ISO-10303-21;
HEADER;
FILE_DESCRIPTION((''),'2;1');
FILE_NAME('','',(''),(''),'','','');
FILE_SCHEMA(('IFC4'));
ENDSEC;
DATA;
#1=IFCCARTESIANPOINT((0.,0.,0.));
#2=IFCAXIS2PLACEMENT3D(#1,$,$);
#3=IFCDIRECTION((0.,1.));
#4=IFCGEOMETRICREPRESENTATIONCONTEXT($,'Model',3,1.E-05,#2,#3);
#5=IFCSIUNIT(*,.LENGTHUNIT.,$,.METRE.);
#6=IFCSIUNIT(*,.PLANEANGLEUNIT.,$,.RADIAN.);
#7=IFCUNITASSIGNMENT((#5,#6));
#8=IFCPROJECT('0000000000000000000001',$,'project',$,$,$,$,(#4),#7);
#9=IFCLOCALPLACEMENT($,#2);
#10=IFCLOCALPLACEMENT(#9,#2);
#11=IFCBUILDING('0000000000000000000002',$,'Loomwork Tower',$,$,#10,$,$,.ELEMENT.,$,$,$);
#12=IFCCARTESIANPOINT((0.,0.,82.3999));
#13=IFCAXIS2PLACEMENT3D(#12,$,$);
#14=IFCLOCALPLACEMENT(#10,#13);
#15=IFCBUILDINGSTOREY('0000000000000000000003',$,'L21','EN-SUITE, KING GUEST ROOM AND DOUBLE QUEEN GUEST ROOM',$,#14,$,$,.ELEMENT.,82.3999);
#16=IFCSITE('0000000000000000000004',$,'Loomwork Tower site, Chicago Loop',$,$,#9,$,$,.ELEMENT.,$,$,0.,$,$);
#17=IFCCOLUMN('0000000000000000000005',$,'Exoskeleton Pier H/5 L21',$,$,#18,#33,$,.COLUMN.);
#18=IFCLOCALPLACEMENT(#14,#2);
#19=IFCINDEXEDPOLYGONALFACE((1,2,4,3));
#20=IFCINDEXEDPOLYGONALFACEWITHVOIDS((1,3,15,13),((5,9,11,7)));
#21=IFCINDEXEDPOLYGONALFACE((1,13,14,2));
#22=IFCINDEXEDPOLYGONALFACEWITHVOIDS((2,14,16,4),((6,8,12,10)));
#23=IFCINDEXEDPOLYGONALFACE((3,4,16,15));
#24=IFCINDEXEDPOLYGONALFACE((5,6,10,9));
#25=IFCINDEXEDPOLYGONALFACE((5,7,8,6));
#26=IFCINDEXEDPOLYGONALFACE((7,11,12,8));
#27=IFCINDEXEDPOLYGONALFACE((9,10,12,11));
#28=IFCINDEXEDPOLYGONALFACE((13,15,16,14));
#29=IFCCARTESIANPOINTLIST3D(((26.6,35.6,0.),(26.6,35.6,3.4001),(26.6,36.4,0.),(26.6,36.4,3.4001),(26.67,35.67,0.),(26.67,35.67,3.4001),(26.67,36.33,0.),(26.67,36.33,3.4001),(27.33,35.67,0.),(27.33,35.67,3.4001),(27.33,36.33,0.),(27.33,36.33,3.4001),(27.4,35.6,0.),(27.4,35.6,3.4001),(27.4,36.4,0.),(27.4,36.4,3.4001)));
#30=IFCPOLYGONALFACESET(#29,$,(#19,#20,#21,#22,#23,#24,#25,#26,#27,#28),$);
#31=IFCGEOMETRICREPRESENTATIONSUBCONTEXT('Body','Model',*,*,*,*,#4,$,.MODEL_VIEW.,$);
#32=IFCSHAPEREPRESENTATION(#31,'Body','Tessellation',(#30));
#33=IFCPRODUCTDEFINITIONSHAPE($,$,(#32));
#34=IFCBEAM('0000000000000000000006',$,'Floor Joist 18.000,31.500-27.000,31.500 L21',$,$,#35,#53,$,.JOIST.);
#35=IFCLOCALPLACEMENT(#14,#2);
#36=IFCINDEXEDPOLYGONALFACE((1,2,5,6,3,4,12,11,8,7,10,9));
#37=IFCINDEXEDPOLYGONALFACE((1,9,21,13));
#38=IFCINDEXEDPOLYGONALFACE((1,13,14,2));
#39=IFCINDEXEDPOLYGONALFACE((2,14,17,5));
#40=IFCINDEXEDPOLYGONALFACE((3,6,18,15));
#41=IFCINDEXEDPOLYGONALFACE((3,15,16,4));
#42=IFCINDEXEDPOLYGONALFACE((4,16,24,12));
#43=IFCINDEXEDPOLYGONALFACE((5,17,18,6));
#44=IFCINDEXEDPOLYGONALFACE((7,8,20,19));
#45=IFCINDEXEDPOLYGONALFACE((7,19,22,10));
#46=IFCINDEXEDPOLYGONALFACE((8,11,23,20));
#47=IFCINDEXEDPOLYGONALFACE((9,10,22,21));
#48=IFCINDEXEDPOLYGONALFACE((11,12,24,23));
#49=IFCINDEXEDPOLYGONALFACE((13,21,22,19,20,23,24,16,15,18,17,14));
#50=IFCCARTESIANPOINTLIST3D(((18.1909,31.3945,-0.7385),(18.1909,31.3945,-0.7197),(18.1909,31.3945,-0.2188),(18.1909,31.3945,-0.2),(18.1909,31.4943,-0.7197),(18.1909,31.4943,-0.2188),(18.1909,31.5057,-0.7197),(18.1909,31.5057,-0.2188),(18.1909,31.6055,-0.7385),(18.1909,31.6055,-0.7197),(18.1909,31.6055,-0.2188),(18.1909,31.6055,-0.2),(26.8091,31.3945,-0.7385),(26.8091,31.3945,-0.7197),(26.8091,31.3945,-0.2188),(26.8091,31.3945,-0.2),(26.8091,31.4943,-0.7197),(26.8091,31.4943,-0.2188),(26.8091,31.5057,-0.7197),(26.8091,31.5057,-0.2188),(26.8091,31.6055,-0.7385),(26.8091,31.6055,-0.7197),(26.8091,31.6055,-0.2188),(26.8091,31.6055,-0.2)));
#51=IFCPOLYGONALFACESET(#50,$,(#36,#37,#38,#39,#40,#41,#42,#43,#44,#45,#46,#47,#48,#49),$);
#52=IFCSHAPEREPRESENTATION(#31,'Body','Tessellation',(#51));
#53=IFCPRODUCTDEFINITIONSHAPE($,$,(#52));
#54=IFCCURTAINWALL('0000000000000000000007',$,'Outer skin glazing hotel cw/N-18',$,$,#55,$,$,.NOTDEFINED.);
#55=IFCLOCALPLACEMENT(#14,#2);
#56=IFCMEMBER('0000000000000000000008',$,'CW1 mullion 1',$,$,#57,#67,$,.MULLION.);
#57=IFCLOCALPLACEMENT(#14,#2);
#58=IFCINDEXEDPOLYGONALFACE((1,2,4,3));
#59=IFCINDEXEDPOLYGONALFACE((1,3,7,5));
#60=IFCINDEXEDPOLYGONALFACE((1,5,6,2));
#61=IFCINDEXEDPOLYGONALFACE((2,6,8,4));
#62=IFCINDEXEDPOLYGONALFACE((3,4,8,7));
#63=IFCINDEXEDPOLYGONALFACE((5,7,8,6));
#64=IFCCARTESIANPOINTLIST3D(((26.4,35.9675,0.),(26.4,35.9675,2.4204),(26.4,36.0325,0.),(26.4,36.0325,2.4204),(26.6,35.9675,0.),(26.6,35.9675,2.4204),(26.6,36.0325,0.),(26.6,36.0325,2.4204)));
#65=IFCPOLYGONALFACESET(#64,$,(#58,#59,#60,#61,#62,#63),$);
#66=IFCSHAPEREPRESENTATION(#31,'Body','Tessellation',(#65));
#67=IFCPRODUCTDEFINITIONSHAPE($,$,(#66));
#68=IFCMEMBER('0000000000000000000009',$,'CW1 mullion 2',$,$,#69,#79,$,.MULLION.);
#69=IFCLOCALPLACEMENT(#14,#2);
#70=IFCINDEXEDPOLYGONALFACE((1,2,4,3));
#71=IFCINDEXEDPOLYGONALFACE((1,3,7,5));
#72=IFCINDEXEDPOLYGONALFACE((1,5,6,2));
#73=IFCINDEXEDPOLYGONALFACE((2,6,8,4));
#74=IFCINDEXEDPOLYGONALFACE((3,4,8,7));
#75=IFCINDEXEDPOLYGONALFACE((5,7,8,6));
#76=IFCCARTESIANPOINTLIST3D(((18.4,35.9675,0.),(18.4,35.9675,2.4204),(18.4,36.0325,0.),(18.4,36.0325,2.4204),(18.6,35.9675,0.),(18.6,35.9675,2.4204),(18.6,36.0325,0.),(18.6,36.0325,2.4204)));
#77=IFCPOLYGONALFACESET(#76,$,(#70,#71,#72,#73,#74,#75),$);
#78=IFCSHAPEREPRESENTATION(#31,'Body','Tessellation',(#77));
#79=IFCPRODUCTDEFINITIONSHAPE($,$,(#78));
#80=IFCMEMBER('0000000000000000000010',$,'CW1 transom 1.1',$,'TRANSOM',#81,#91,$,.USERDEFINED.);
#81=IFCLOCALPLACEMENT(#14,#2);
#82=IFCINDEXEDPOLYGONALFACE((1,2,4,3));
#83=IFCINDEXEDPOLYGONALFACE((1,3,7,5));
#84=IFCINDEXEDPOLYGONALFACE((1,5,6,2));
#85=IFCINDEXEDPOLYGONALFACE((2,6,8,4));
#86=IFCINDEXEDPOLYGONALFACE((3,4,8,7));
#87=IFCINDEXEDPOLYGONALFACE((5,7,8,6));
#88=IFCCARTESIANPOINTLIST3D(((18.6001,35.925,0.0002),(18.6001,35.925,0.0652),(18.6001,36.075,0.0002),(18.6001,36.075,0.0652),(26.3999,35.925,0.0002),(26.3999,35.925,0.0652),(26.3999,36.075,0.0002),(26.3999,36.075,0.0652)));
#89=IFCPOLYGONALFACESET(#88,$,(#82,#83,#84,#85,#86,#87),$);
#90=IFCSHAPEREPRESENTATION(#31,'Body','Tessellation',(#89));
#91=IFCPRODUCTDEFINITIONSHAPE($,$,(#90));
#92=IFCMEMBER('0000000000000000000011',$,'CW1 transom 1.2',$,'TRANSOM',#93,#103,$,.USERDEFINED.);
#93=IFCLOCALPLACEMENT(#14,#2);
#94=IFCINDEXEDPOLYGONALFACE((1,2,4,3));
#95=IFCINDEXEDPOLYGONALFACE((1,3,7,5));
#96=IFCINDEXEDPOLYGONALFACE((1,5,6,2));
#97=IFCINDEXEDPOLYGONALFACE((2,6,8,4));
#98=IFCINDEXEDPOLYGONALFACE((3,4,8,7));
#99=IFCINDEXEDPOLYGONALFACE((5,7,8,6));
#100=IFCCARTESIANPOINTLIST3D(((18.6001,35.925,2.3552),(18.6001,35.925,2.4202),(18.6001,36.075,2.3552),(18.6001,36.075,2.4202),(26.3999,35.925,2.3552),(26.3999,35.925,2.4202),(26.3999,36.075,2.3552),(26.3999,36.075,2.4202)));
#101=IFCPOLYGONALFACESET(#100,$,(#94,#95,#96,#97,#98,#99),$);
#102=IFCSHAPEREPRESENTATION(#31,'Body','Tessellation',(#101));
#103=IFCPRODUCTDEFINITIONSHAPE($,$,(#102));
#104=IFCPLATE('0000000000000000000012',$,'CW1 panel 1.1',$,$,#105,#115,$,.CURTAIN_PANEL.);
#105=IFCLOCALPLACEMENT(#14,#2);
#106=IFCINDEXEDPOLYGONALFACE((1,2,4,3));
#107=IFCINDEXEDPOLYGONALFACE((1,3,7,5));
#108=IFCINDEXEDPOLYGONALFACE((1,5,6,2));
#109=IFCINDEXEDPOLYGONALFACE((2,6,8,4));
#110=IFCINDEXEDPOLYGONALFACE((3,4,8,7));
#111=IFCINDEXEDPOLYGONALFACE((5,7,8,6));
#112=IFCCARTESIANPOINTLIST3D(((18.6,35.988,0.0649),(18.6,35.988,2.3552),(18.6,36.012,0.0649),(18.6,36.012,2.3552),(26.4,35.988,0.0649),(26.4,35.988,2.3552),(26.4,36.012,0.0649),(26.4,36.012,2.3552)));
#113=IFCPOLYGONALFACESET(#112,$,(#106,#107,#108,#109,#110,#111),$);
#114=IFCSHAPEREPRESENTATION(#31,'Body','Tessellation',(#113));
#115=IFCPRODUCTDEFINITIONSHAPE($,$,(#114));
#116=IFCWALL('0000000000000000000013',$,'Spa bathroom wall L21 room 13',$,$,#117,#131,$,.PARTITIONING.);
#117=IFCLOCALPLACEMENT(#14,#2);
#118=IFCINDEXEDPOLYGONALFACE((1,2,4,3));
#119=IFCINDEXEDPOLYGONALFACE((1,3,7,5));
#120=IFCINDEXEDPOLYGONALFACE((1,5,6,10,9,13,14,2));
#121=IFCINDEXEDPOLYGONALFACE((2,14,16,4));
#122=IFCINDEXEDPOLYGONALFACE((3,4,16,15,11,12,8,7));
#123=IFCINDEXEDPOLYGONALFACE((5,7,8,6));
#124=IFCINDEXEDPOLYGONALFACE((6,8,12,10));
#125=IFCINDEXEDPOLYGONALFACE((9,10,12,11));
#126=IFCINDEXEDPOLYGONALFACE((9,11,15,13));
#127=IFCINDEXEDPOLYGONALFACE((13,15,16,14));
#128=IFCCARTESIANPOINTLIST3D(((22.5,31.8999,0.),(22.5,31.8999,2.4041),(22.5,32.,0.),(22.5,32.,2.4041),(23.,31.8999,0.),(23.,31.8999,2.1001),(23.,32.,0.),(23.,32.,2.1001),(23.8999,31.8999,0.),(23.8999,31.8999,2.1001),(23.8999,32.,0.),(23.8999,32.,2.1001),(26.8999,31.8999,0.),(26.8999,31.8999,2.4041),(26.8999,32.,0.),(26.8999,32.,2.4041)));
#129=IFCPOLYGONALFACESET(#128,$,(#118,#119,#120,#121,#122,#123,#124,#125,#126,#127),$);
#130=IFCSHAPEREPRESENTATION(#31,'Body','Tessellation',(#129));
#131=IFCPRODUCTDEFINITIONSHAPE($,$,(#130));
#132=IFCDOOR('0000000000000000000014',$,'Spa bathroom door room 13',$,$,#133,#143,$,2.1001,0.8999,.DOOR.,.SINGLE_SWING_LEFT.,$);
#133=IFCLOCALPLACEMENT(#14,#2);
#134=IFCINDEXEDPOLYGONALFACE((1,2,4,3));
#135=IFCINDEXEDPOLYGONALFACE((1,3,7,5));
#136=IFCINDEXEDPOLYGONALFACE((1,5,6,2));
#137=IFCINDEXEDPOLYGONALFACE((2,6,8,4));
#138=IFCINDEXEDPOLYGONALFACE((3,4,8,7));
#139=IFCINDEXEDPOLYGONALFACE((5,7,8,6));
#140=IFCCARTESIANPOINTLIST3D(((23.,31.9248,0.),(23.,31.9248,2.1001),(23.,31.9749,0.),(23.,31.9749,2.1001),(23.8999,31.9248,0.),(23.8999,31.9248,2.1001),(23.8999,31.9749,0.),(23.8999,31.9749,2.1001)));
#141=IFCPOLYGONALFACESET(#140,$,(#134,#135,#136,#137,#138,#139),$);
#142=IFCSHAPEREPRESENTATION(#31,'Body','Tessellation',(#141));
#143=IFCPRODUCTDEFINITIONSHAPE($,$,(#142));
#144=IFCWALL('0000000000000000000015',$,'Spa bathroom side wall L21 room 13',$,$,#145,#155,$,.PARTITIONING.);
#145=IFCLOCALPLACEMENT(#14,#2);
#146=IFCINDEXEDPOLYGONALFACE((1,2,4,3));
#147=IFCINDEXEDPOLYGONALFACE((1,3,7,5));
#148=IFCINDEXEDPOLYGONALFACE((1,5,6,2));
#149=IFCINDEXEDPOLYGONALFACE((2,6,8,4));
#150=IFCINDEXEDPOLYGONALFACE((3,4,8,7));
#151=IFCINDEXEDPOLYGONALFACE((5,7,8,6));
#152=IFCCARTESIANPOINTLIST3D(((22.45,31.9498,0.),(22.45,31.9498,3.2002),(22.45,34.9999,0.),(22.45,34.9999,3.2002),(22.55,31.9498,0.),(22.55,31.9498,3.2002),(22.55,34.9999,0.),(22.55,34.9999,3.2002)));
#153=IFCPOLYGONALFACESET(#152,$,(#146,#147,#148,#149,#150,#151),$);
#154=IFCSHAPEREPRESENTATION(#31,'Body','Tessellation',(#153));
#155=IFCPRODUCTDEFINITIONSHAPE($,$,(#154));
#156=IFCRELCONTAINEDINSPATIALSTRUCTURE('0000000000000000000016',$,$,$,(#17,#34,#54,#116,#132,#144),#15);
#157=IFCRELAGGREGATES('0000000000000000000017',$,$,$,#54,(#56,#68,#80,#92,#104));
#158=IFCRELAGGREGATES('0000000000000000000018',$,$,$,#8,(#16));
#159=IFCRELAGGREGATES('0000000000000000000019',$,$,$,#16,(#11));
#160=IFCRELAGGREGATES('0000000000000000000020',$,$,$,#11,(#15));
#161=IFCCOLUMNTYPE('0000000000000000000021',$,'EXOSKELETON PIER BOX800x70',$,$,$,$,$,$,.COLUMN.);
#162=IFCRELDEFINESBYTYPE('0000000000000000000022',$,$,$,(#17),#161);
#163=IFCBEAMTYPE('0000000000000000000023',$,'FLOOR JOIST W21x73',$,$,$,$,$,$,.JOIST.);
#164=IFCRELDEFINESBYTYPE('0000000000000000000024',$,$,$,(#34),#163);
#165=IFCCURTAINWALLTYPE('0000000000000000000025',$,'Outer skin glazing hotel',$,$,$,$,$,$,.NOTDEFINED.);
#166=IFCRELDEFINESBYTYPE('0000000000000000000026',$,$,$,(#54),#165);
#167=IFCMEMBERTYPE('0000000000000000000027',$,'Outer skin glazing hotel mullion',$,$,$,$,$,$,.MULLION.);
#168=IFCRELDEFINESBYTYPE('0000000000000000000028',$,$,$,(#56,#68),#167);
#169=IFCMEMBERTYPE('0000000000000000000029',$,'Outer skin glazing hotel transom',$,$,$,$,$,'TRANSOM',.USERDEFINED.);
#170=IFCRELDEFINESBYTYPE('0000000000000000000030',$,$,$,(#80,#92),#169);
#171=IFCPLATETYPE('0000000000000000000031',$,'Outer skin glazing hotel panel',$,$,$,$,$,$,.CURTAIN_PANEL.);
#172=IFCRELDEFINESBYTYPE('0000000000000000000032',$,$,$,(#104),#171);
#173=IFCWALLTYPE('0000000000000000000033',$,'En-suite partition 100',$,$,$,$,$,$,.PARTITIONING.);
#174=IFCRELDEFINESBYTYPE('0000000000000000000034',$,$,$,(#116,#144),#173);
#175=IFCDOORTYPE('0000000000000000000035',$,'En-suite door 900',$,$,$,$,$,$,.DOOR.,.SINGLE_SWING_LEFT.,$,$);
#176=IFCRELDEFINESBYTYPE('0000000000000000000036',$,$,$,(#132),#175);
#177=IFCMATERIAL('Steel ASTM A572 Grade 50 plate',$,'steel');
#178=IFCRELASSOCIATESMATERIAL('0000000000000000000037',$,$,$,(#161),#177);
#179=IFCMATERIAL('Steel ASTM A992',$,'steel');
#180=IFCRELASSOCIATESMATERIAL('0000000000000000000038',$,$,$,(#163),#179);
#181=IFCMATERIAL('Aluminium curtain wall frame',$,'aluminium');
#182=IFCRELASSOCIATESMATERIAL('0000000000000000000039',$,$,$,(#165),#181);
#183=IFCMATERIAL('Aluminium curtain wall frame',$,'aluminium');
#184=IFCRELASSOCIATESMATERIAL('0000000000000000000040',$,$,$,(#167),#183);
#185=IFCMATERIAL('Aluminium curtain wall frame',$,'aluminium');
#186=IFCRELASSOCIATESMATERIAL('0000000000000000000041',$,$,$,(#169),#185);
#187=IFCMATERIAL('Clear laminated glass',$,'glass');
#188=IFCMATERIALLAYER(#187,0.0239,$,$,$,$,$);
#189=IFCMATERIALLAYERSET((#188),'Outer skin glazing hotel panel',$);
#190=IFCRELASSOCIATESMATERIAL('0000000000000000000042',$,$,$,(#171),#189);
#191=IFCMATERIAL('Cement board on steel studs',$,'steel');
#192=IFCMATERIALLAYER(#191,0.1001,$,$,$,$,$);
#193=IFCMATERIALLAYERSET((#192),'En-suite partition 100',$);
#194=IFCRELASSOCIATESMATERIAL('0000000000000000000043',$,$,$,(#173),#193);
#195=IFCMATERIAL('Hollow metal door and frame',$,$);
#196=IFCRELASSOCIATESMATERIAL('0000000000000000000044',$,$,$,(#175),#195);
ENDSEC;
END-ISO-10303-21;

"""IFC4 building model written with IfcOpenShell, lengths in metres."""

from ifc_helpers import new_model, si_unit, direction, frame, frame_2d, origin, origin_2d, place, context, subcontext, project, spatial, rectangle, hollow_rectangle, i_section, extrude, material, layer, layer_set, material_profile, profile_set, type_object, element, fill, aggregate, save


model = new_model("IFC4")

# Units and contexts
model_context = context("Model", 3, precision=1e-05, world=origin(), true_north=direction((0.0, 1.0)))
body_context = subcontext(model_context, "Body", "Model", "MODEL_VIEW")
ifc_project = project(units=[si_unit("LENGTHUNIT", "METRE"), si_unit("PLANEANGLEUNIT", "RADIAN")], contexts=[model_context])

# Site, building, storey
site_placement = place(None, origin())
site = spatial("IfcSite", under=ifc_project, at=site_placement, Name="Loomwork Tower site, Chicago Loop", CompositionType="ELEMENT", RefElevation=0.0)
building_placement = place(site_placement, origin())
building = spatial("IfcBuilding", under=site, at=building_placement, Name="Loomwork Tower", CompositionType="ELEMENT")
storey_placement = place(building_placement, frame((0.0, 0.0, 82.3999)))
storey = spatial("IfcBuildingStorey", under=building, at=storey_placement, Name="L21", Description="EN-SUITE, KING GUEST ROOM AND DOUBLE QUEEN GUEST ROOM", CompositionType="ELEMENT", Elevation=82.3999)

# Column
ifc_material_1 = material(Name="Steel ASTM A572 Grade 50 plate", Category="steel")
ifc_material_profile_1 = material_profile(ifc_material_1, hollow_rectangle(XDim=0.8, YDim=0.8, WallThickness=0.0701, at=origin_2d()), Name="BOX800x70")
ifc_profile_set_1 = profile_set([ifc_material_profile_1], Name="Steel ASTM A572 Grade 50 plate")
column_type = type_object("IfcColumnType", Name="EXOSKELETON PIER BOX800x70", PredefinedType="COLUMN", material=ifc_profile_set_1)
column_placement = place(storey_placement, frame((27.0, 36.0, 0.0), z_axis=(0.0, 0.0, 1.0), x_axis=(1.0, 0.0, 0.0)))
element("IfcColumn", 1, at=column_placement, inside=storey, type_object=column_type, Name="Exoskeleton Pier H/5 L21", PredefinedType="COLUMN", context=body_context, shape_type="SweptSolid", body=[
    extrude(hollow_rectangle(XDim=0.8, YDim=0.8, WallThickness=0.0701, at=origin_2d()), origin(), (0.0, 0.0, 1.0), 3.4001),
])

# Beam
ifc_material_2 = material(Name="Steel ASTM A992", Category="steel")
ifc_material_profile_2 = material_profile(ifc_material_2, i_section(OverallWidth=0.2109, OverallDepth=0.5386, WebThickness=0.0115, FlangeThickness=0.0188, at=origin_2d()), Name="W21x73")
ifc_profile_set_2 = profile_set([ifc_material_profile_2], Name="Steel ASTM A992")
beam_type = type_object("IfcBeamType", Name="FLOOR JOIST W21x73", PredefinedType="JOIST", material=ifc_profile_set_2)
beam_placement = place(storey_placement, frame((18.1909, 31.5, -0.4692), z_axis=(1.0, 0.0, 0.0), x_axis=(0.0, 1.0, 0.0)))
element("IfcBeam", 2, at=beam_placement, inside=storey, type_object=beam_type, Name="Floor Joist 18.000,31.500-27.000,31.500 L21", PredefinedType="JOIST", context=body_context, shape_type="SweptSolid", body=[
    extrude(i_section(OverallWidth=0.2109, OverallDepth=0.5386, WebThickness=0.0115, FlangeThickness=0.0188, at=origin_2d()), origin(), (0.0, 0.0, 1.0), 8.6182),
])

# Curtain wall, members, plate
ifc_material_3 = material(Name="Aluminium curtain wall frame", Category="aluminium")
curtain_wall_type = type_object("IfcCurtainWallType", Name="Outer skin glazing hotel", PredefinedType="NOTDEFINED", material=ifc_material_3)
curtain_wall_placement = place(storey_placement, origin())
curtain_wall = element("IfcCurtainWall", 3, at=curtain_wall_placement, inside=storey, type_object=curtain_wall_type, Name="Outer skin glazing hotel cw/N-18", PredefinedType="NOTDEFINED")
ifc_material_4 = material(Name="Aluminium curtain wall frame", Category="aluminium")
ifc_material_profile_3 = material_profile(ifc_material_4, rectangle(XDim=0.0649, YDim=0.2, at=origin_2d()), Name="AL 65x200")
ifc_profile_set_3 = profile_set([ifc_material_profile_3], Name="Aluminium curtain wall frame")
member_type_1 = type_object("IfcMemberType", Name="Outer skin glazing hotel mullion", PredefinedType="MULLION", material=ifc_profile_set_3)
member_1_placement = place(storey_placement, frame((26.5, 36.0, 0.0), z_axis=(0.0, 0.0, 1.0), x_axis=(0.0, -1.0, 0.0)))
member_1 = element("IfcMember", 4, at=member_1_placement, type_object=member_type_1, Name="CW1 mullion 1", PredefinedType="MULLION", context=body_context, shape_type="SweptSolid", body=[
    extrude(rectangle(XDim=0.0649, YDim=0.2, at=origin_2d()), origin(), (0.0, 0.0, 1.0), 2.4204),
])
member_2_placement = place(storey_placement, frame((18.5, 36.0, 0.0), z_axis=(0.0, 0.0, 1.0), x_axis=(0.0, -1.0, 0.0)))
member_2 = element("IfcMember", 5, at=member_2_placement, type_object=member_type_1, Name="CW1 mullion 2", PredefinedType="MULLION", context=body_context, shape_type="SweptSolid", body=[
    extrude(rectangle(XDim=0.0649, YDim=0.2, at=origin_2d()), origin(), (0.0, 0.0, 1.0), 2.4204),
])
ifc_material_5 = material(Name="Aluminium curtain wall frame", Category="aluminium")
ifc_material_profile_4 = material_profile(ifc_material_5, rectangle(XDim=0.1499, YDim=0.0649, at=origin_2d()), Name="AL 65x150")
ifc_profile_set_4 = profile_set([ifc_material_profile_4], Name="Aluminium curtain wall frame")
member_type_2 = type_object("IfcMemberType", Name="Outer skin glazing hotel transom", ElementType="TRANSOM", PredefinedType="USERDEFINED", material=ifc_profile_set_4)
member_3_placement = place(storey_placement, frame((26.3999, 36.0, 0.0327), z_axis=(-1.0, 0.0, 0.0), x_axis=(0.0, -1.0, 0.0)))
member_3 = element("IfcMember", 6, at=member_3_placement, type_object=member_type_2, Name="CW1 transom 1.1", ObjectType="TRANSOM", PredefinedType="USERDEFINED", context=body_context, shape_type="SweptSolid", body=[
    extrude(rectangle(XDim=0.1499, YDim=0.0649, at=origin_2d()), origin(), (0.0, 0.0, 1.0), 7.7998),
])
member_4_placement = place(storey_placement, frame((26.3999, 36.0, 2.3877), z_axis=(-1.0, 0.0, 0.0), x_axis=(0.0, -1.0, 0.0)))
member_4 = element("IfcMember", 7, at=member_4_placement, type_object=member_type_2, Name="CW1 transom 1.2", ObjectType="TRANSOM", PredefinedType="USERDEFINED", context=body_context, shape_type="SweptSolid", body=[
    extrude(rectangle(XDim=0.1499, YDim=0.0649, at=origin_2d()), origin(), (0.0, 0.0, 1.0), 7.7998),
])
ifc_material_6 = material(Name="Clear laminated glass", Category="glass")
ifc_layer_1 = layer(ifc_material_6, 0.0239)
ifc_layer_set_1 = layer_set([ifc_layer_1], Name="Outer skin glazing hotel panel")
plate_type = type_object("IfcPlateType", Name="Outer skin glazing hotel panel", PredefinedType="CURTAIN_PANEL", material=ifc_layer_set_1)
plate_placement = place(storey_placement, frame((22.5, 36.0, 0.0649), z_axis=(0.0, 0.0, 1.0), x_axis=(-1.0, 0.0, 0.0)))
plate = element("IfcPlate", 8, at=plate_placement, type_object=plate_type, Name="CW1 panel 1.1", PredefinedType="CURTAIN_PANEL", context=body_context, shape_type="SweptSolid", body=[
    extrude(rectangle(XDim=7.8, YDim=0.0239, at=origin_2d()), origin(), (0.0, 0.0, 1.0), 2.2903),
])
aggregate(curtain_wall, [member_1, member_2, member_3, member_4, plate])

# Wall, opening, door
ifc_material_7 = material(Name="Cement board on steel studs", Category="steel")
ifc_layer_2 = layer(ifc_material_7, 0.1001)
ifc_layer_set_2 = layer_set([ifc_layer_2], Name="En-suite partition 100")
wall_type_1 = type_object("IfcWallType", Name="En-suite partition 100", PredefinedType="PARTITIONING", material=ifc_layer_set_2)
wall_1_placement = place(storey_placement, frame((22.5, 31.95, 0.0), z_axis=(0.0, 0.0, 1.0), x_axis=(1.0, 0.0, 0.0)))
wall_1 = element("IfcWall", 9, at=wall_1_placement, inside=storey, type_object=wall_type_1, Name="Spa bathroom wall L21 room 13", PredefinedType="PARTITIONING", context=body_context, shape_type="SweptSolid", body=[
    extrude(rectangle(XDim=4.3999, YDim=0.1001, at=frame_2d((2.2, 0.0))), origin(), (0.0, 0.0, 1.0), 2.4041),
])
opening_1_placement = place(wall_1_placement, frame((0.5, 0.0, 0.0)))
opening_1 = element("IfcOpeningElement", 10, at=opening_1_placement, cuts=wall_1, PredefinedType="OPENING", context=body_context, shape_type="SweptSolid", body=[
    extrude(rectangle(XDim=0.8999, YDim=2.1001, at=frame_2d((0.45, 1.05))), frame((0.0, 0.0601, 0.0), z_axis=(0.0, -1.0, 0.0), x_axis=(1.0, 0.0, 0.0)), (0.0, 0.0, 1.0), 0.1201),
])
ifc_material_8 = material(Name="Hollow metal door and frame")
door_type = type_object("IfcDoorType", Name="En-suite door 900", OperationType="SINGLE_SWING_LEFT", PredefinedType="DOOR", material=ifc_material_8)
door_placement = place(opening_1_placement, origin())
door = element("IfcDoor", 11, at=door_placement, inside=storey, type_object=door_type, Name="Spa bathroom door room 13", OperationType="SINGLE_SWING_LEFT", OverallHeight=2.1001, OverallWidth=0.8999, PredefinedType="DOOR", context=body_context, shape_type="SweptSolid", body=[
    extrude(rectangle(XDim=0.8999, YDim=2.1001, at=frame_2d((0.45, 1.05))), frame((0.0, 0.0249, 0.0), z_axis=(0.0, -1.0, 0.0), x_axis=(1.0, 0.0, 0.0)), (0.0, 0.0, 1.0), 0.05),
])
fill(opening_1, door)

# Wall
wall_2_placement = place(storey_placement, frame((22.5, 31.95, 0.0), z_axis=(0.0, 0.0, 1.0), x_axis=(0.0, 1.0, 0.0)))
element("IfcWall", 12, at=wall_2_placement, inside=storey, type_object=wall_type_1, Name="Spa bathroom side wall L21 room 13", PredefinedType="PARTITIONING", context=body_context, shape_type="SweptSolid", body=[
    extrude(rectangle(XDim=3.05, YDim=0.1001, at=frame_2d((1.5249, 0.0))), origin(), (0.0, 0.0, 1.0), 3.2002),
])

save(model, "model.ifc")
